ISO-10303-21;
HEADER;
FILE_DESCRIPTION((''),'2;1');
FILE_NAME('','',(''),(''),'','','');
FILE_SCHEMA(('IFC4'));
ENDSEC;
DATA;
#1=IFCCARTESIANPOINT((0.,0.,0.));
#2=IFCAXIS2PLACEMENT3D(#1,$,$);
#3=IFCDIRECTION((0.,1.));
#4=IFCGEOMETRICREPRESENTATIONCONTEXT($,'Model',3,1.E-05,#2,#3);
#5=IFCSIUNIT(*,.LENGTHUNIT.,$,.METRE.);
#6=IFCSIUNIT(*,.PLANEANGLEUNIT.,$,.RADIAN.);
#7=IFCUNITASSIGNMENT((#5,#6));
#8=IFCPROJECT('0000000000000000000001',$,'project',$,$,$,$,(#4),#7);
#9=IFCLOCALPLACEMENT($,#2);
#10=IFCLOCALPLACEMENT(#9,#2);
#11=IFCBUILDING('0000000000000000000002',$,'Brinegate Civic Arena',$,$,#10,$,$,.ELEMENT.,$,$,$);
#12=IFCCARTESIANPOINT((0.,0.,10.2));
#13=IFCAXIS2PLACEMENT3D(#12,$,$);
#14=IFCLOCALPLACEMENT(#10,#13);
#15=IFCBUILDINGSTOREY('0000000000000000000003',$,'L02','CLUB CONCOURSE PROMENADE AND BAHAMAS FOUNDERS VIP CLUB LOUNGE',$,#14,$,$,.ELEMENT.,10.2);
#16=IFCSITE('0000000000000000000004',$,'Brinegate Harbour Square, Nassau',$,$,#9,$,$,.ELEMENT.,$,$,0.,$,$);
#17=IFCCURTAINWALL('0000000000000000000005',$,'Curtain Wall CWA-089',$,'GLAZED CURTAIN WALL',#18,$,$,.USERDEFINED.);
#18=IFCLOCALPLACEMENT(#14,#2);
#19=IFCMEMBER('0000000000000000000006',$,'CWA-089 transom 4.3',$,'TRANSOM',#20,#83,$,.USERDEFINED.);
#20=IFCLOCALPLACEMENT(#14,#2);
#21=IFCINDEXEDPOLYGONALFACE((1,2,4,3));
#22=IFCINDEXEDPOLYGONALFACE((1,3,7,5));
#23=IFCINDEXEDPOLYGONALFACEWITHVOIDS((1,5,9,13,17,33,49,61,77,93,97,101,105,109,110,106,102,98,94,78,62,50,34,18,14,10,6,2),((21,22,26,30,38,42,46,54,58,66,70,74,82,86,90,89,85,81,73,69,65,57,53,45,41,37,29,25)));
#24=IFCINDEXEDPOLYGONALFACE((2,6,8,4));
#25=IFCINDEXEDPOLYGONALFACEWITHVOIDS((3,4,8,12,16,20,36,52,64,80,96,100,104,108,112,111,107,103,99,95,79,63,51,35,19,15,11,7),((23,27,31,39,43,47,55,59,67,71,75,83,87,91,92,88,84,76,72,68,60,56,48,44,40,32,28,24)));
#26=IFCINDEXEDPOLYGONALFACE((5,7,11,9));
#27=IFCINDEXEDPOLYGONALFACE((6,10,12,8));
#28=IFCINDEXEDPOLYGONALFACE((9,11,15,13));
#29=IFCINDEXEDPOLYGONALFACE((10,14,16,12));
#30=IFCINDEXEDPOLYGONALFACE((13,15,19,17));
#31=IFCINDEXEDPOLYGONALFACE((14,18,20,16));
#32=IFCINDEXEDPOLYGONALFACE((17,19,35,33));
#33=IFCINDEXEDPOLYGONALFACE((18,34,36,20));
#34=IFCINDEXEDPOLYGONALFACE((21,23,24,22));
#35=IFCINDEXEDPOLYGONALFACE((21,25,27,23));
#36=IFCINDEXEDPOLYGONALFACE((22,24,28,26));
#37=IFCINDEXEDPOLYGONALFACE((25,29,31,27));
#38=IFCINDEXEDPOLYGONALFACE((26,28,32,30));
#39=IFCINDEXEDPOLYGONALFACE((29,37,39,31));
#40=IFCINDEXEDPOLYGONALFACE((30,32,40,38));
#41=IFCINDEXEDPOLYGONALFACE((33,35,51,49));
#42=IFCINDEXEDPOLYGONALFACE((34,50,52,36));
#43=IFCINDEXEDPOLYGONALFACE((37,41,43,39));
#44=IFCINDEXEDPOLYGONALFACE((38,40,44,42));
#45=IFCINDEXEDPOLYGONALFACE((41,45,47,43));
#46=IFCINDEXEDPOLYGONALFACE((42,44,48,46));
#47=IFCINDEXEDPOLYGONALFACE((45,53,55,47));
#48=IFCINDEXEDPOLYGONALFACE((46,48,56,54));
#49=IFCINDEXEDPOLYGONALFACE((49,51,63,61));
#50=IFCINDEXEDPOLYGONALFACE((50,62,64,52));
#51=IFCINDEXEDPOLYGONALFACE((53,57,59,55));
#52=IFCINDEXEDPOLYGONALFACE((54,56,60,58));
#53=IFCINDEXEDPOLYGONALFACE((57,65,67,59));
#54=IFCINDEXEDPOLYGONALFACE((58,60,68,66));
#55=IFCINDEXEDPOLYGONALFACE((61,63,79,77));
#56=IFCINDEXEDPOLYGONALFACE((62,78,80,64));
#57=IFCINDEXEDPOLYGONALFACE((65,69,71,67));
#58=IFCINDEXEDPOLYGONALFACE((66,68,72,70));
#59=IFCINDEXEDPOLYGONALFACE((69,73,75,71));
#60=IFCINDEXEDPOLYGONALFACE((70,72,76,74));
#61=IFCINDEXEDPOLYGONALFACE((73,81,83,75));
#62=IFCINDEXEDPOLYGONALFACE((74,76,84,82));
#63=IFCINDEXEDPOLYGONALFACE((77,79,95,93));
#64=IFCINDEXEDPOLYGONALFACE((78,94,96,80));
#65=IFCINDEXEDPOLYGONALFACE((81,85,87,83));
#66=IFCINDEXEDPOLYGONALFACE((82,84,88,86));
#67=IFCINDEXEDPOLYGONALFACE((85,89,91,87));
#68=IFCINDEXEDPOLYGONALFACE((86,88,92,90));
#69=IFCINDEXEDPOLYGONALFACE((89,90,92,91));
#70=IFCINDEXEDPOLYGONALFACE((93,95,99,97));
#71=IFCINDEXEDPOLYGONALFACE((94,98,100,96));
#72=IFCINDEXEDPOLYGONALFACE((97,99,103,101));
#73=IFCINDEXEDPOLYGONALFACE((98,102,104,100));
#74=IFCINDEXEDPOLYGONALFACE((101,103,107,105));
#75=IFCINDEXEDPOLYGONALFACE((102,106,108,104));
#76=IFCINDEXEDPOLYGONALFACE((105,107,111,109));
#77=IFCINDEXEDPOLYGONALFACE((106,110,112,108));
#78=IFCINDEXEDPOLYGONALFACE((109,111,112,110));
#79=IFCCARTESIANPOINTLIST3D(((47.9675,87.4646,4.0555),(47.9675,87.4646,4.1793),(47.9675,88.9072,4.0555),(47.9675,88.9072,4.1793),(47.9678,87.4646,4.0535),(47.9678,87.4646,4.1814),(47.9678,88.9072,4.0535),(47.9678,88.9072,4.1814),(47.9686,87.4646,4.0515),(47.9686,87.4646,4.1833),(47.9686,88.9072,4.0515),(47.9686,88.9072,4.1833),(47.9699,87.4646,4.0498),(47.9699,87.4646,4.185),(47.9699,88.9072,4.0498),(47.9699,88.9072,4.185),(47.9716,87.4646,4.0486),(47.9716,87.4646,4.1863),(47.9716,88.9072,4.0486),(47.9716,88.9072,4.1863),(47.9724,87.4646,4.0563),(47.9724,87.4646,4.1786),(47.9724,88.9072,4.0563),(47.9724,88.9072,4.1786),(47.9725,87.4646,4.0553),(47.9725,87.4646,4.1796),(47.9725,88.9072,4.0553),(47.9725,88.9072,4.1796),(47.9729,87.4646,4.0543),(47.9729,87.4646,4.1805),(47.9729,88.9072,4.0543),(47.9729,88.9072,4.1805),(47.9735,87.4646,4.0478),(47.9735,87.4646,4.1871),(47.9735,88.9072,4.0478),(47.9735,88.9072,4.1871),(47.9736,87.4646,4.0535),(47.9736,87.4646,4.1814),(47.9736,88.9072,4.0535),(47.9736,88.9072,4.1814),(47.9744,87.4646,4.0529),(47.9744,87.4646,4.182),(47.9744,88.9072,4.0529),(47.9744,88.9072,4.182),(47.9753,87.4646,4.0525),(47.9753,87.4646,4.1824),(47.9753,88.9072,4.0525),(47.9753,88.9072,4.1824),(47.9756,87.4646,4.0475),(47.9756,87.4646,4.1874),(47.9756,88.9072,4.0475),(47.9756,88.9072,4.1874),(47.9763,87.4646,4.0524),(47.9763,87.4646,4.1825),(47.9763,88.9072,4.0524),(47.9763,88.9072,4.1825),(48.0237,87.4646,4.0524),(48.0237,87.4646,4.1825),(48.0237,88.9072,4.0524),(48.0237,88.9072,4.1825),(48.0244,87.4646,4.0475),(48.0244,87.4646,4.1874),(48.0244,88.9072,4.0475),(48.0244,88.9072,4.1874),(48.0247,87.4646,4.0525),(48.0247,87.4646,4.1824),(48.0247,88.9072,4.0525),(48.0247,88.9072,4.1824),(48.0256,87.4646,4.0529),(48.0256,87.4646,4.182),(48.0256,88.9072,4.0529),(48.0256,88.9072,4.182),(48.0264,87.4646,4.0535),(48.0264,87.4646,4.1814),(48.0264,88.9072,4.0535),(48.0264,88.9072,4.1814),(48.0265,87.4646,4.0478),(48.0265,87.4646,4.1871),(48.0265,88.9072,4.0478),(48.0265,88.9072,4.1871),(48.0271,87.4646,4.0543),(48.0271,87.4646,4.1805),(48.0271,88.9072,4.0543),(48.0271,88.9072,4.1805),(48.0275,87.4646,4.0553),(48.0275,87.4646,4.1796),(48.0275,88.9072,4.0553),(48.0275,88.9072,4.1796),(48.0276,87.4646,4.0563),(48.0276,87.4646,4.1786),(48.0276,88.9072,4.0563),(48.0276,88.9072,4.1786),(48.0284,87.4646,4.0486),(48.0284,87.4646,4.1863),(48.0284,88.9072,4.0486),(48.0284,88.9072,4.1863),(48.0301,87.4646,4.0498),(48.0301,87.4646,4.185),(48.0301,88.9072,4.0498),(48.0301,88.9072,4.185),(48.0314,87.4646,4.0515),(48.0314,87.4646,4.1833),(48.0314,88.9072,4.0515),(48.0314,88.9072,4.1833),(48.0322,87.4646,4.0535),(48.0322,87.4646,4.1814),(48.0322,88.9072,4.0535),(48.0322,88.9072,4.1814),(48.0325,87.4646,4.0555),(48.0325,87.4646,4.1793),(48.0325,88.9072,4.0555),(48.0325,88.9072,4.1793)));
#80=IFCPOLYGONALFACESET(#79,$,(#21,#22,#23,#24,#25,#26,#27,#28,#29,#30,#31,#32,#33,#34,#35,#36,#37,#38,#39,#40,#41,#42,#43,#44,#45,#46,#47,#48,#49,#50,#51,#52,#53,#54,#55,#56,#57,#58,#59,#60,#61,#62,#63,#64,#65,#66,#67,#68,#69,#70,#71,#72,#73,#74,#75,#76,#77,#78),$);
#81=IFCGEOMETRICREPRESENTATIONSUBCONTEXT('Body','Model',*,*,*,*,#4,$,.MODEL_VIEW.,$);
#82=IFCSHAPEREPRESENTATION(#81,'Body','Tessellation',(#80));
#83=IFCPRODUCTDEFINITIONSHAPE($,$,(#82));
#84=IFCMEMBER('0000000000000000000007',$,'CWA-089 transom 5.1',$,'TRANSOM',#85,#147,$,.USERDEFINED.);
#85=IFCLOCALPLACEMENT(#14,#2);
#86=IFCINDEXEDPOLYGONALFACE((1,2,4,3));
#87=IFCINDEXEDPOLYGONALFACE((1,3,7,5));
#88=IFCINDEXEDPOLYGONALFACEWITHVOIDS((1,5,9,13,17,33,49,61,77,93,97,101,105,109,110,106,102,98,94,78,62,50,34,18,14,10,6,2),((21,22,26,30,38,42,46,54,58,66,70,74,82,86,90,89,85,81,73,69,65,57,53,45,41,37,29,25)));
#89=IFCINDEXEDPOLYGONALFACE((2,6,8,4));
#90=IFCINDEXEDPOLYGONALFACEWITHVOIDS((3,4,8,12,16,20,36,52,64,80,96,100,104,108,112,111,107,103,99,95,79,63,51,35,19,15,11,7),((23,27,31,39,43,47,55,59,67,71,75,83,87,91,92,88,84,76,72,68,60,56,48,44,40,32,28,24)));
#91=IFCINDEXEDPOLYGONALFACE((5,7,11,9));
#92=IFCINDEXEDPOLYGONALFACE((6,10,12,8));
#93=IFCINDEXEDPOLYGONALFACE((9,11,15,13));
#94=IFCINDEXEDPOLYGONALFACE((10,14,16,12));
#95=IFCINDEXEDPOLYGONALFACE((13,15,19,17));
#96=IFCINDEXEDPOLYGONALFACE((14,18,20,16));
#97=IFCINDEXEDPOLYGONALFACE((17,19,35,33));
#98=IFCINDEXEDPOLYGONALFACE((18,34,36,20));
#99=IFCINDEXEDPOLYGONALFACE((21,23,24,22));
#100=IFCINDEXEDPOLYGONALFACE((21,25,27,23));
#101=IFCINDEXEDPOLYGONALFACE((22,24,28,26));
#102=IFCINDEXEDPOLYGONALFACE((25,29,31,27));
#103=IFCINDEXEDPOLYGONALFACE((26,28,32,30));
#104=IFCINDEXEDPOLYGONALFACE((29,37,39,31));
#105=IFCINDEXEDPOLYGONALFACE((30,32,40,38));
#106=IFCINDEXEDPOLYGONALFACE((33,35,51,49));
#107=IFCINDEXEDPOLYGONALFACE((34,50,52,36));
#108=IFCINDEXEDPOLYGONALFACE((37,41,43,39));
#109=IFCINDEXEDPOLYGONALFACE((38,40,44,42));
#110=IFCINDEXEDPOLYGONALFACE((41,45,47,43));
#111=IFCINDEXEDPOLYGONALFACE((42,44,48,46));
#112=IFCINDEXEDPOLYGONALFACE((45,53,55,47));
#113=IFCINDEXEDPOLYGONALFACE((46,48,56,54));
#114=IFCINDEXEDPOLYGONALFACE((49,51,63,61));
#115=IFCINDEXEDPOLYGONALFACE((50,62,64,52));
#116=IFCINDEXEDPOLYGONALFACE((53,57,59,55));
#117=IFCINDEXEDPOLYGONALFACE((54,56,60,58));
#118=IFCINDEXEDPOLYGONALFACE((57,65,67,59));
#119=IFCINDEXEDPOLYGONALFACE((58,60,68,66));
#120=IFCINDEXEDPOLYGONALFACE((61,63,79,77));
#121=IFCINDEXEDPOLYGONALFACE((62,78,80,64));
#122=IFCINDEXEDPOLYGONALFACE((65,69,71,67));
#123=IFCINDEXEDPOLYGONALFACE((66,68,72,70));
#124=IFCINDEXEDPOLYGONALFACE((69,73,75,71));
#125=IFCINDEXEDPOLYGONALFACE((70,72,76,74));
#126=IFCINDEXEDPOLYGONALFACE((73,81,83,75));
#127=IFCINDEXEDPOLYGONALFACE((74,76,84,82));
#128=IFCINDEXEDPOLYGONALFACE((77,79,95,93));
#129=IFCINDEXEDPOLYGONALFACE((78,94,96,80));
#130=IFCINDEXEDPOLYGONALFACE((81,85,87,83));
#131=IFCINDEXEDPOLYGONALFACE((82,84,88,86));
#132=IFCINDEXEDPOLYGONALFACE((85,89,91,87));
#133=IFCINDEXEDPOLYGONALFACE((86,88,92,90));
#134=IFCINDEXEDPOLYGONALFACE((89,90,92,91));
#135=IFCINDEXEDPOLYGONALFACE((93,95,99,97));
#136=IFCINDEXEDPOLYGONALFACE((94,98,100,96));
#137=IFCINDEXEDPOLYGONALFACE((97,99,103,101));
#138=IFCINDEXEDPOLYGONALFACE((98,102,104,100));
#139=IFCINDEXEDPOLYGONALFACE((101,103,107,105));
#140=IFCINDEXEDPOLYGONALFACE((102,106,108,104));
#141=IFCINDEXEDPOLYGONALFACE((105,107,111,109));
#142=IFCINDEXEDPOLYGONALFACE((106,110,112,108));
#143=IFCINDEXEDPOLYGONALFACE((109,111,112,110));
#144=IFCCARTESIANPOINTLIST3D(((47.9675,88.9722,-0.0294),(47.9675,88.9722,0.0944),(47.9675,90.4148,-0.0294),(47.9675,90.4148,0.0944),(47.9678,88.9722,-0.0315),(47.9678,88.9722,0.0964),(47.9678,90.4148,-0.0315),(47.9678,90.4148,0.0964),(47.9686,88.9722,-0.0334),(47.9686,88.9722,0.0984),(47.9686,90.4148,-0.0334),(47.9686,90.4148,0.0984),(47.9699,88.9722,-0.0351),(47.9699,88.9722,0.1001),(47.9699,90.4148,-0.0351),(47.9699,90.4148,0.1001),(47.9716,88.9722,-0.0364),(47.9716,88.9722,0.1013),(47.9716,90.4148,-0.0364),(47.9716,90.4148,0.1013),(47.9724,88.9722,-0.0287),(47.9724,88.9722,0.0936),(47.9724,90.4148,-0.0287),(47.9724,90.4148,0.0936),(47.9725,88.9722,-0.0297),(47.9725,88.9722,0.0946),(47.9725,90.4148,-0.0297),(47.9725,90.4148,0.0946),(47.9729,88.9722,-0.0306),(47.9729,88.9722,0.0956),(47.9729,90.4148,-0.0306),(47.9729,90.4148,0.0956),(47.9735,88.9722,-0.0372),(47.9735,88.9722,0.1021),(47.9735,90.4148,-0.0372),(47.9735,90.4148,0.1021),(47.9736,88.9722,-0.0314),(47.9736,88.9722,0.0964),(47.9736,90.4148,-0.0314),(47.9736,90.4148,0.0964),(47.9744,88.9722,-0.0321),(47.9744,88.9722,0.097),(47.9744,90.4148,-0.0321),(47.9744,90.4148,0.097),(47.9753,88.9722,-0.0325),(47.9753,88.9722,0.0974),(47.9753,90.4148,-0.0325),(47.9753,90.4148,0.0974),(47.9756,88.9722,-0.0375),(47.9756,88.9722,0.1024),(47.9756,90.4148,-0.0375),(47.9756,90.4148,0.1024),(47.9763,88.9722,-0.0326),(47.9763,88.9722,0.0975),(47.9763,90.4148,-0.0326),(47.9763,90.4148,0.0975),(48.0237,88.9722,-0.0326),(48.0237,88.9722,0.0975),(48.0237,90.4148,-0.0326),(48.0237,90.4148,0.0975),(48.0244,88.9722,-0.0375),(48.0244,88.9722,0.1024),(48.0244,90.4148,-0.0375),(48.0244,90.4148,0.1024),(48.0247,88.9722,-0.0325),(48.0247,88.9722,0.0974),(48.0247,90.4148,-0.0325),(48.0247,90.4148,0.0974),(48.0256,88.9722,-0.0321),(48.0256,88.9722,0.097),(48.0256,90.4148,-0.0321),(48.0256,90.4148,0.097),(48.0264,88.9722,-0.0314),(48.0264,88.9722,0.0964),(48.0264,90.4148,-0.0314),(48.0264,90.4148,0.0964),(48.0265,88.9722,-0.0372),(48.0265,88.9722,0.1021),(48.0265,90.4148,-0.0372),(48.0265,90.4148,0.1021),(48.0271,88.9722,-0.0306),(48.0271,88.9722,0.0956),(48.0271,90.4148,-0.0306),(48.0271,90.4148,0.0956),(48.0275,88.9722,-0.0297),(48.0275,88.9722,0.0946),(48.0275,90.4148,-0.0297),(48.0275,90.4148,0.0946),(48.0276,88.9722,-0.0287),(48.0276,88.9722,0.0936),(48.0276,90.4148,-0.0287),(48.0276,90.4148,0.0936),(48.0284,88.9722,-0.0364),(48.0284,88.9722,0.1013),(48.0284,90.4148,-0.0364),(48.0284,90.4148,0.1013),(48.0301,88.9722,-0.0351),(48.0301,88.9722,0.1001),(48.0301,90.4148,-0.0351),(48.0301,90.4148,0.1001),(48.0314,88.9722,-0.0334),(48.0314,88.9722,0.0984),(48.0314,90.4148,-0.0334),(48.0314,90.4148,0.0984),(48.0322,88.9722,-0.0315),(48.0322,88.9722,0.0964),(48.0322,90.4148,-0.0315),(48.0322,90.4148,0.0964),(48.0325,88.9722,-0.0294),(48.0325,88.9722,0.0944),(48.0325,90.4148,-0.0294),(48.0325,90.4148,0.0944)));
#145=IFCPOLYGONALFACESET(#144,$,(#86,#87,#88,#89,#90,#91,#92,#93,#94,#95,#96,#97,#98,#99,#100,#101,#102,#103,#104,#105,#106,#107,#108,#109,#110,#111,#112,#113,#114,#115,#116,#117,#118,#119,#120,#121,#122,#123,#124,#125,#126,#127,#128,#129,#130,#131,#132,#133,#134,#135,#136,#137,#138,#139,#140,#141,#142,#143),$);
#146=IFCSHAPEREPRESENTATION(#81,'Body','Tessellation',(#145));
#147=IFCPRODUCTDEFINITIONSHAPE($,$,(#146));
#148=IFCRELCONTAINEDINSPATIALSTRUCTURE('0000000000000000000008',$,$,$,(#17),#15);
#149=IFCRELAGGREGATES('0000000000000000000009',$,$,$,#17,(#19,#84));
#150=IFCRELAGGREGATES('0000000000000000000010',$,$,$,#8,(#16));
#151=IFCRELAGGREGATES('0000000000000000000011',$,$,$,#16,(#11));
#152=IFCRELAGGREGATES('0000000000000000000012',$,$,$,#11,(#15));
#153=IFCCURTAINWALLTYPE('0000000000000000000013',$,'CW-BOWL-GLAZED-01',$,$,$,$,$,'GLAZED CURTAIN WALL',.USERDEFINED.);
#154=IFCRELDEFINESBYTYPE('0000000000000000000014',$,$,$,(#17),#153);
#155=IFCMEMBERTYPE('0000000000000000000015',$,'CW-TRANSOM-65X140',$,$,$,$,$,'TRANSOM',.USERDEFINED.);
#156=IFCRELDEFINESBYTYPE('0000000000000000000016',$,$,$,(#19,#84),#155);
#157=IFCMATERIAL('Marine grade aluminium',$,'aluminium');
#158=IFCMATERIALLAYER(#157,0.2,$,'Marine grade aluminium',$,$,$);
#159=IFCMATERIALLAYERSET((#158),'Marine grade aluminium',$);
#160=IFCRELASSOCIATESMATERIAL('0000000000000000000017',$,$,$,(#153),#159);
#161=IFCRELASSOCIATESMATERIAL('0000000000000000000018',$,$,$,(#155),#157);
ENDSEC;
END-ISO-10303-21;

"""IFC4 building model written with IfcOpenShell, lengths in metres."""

from ifc_helpers import new_model, si_unit, direction, frame, origin, origin_2d, place, context, subcontext, project, spatial, hollow_rectangle, extrude, material, layer, layer_set, material_profile, profile_set, type_object, element, aggregate, save


model = new_model("IFC4")

# Units and contexts
model_context = context("Model", 3, precision=1e-05, world=origin(), true_north=direction((0.0, 1.0)))
body_context = subcontext(model_context, "Body", "Model", "MODEL_VIEW")
ifc_project = project(units=[si_unit("LENGTHUNIT", "METRE"), si_unit("PLANEANGLEUNIT", "RADIAN")], contexts=[model_context])

# Site, building, storey
site_placement = place(None, origin())
site = spatial("IfcSite", under=ifc_project, at=site_placement, Name="Brinegate Harbour Square, Nassau", CompositionType="ELEMENT", RefElevation=0.0)
building_placement = place(site_placement, origin())
building = spatial("IfcBuilding", under=site, at=building_placement, Name="Brinegate Civic Arena", CompositionType="ELEMENT")
storey_placement = place(building_placement, frame((0.0, 0.0, 10.2)))
storey = spatial("IfcBuildingStorey", under=building, at=storey_placement, Name="L02", Description="CLUB CONCOURSE PROMENADE AND BAHAMAS FOUNDERS VIP CLUB LOUNGE", CompositionType="ELEMENT", Elevation=10.2)

# Curtain wall, members
ifc_material_1 = material(Name="Marine grade aluminium", Category="aluminium")
ifc_layer_1 = layer(ifc_material_1, 0.2, Name="Marine grade aluminium")
ifc_layer_set_1 = layer_set([ifc_layer_1], Name="Marine grade aluminium")
curtain_wall_type = type_object("IfcCurtainWallType", Name="CW-BOWL-GLAZED-01", ElementType="GLAZED CURTAIN WALL", PredefinedType="USERDEFINED", material=ifc_layer_set_1)
curtain_wall_placement = place(storey_placement, origin())
curtain_wall = element("IfcCurtainWall", 1, at=curtain_wall_placement, inside=storey, type_object=curtain_wall_type, Name="Curtain Wall CWA-089", ObjectType="GLAZED CURTAIN WALL", PredefinedType="USERDEFINED")
ifc_material_profile_1 = material_profile(ifc_material_1, hollow_rectangle(XDim=0.0649, YDim=0.1399, WallThickness=0.0049, InnerFilletRadius=0.0039, OuterFilletRadius=0.0081, at=origin_2d()), Name="TRN65X140")
ifc_profile_set_1 = profile_set([ifc_material_profile_1], Name="Marine grade aluminium")
member_type_1 = type_object("IfcMemberType", Name="CW-TRANSOM-65X140", ElementType="TRANSOM", PredefinedType="USERDEFINED", material=ifc_profile_set_1)
member_1_placement = place(storey_placement, frame((48.0, 87.4646, 4.1174), z_axis=(0.0, 1.0, 0.0), x_axis=(-1.0, 0.0, 0.0)))
member_1 = element("IfcMember", 2, at=member_1_placement, type_object=member_type_1, Name="CWA-089 transom 4.3", ObjectType="TRANSOM", PredefinedType="USERDEFINED", context=body_context, shape_type="SweptSolid", body=[
    extrude(hollow_rectangle(XDim=0.0649, YDim=0.1399, WallThickness=0.0049, InnerFilletRadius=0.0039, OuterFilletRadius=0.0081, at=origin_2d()), origin(), (0.0, 0.0, 1.0), 1.4426),
])
member_2_placement = place(storey_placement, frame((48.0, 88.9722, 0.0325), z_axis=(0.0, 1.0, 0.0), x_axis=(-1.0, 0.0, 0.0)))
member_2 = element("IfcMember", 3, at=member_2_placement, type_object=member_type_1, Name="CWA-089 transom 5.1", ObjectType="TRANSOM", PredefinedType="USERDEFINED", context=body_context, shape_type="SweptSolid", body=[
    extrude(hollow_rectangle(XDim=0.0649, YDim=0.1399, WallThickness=0.0049, InnerFilletRadius=0.0039, OuterFilletRadius=0.0081, at=origin_2d()), origin(), (0.0, 0.0, 1.0), 1.4426),
])

aggregate(curtain_wall, [member_1, member_2])

save(model, "model.ifc")
